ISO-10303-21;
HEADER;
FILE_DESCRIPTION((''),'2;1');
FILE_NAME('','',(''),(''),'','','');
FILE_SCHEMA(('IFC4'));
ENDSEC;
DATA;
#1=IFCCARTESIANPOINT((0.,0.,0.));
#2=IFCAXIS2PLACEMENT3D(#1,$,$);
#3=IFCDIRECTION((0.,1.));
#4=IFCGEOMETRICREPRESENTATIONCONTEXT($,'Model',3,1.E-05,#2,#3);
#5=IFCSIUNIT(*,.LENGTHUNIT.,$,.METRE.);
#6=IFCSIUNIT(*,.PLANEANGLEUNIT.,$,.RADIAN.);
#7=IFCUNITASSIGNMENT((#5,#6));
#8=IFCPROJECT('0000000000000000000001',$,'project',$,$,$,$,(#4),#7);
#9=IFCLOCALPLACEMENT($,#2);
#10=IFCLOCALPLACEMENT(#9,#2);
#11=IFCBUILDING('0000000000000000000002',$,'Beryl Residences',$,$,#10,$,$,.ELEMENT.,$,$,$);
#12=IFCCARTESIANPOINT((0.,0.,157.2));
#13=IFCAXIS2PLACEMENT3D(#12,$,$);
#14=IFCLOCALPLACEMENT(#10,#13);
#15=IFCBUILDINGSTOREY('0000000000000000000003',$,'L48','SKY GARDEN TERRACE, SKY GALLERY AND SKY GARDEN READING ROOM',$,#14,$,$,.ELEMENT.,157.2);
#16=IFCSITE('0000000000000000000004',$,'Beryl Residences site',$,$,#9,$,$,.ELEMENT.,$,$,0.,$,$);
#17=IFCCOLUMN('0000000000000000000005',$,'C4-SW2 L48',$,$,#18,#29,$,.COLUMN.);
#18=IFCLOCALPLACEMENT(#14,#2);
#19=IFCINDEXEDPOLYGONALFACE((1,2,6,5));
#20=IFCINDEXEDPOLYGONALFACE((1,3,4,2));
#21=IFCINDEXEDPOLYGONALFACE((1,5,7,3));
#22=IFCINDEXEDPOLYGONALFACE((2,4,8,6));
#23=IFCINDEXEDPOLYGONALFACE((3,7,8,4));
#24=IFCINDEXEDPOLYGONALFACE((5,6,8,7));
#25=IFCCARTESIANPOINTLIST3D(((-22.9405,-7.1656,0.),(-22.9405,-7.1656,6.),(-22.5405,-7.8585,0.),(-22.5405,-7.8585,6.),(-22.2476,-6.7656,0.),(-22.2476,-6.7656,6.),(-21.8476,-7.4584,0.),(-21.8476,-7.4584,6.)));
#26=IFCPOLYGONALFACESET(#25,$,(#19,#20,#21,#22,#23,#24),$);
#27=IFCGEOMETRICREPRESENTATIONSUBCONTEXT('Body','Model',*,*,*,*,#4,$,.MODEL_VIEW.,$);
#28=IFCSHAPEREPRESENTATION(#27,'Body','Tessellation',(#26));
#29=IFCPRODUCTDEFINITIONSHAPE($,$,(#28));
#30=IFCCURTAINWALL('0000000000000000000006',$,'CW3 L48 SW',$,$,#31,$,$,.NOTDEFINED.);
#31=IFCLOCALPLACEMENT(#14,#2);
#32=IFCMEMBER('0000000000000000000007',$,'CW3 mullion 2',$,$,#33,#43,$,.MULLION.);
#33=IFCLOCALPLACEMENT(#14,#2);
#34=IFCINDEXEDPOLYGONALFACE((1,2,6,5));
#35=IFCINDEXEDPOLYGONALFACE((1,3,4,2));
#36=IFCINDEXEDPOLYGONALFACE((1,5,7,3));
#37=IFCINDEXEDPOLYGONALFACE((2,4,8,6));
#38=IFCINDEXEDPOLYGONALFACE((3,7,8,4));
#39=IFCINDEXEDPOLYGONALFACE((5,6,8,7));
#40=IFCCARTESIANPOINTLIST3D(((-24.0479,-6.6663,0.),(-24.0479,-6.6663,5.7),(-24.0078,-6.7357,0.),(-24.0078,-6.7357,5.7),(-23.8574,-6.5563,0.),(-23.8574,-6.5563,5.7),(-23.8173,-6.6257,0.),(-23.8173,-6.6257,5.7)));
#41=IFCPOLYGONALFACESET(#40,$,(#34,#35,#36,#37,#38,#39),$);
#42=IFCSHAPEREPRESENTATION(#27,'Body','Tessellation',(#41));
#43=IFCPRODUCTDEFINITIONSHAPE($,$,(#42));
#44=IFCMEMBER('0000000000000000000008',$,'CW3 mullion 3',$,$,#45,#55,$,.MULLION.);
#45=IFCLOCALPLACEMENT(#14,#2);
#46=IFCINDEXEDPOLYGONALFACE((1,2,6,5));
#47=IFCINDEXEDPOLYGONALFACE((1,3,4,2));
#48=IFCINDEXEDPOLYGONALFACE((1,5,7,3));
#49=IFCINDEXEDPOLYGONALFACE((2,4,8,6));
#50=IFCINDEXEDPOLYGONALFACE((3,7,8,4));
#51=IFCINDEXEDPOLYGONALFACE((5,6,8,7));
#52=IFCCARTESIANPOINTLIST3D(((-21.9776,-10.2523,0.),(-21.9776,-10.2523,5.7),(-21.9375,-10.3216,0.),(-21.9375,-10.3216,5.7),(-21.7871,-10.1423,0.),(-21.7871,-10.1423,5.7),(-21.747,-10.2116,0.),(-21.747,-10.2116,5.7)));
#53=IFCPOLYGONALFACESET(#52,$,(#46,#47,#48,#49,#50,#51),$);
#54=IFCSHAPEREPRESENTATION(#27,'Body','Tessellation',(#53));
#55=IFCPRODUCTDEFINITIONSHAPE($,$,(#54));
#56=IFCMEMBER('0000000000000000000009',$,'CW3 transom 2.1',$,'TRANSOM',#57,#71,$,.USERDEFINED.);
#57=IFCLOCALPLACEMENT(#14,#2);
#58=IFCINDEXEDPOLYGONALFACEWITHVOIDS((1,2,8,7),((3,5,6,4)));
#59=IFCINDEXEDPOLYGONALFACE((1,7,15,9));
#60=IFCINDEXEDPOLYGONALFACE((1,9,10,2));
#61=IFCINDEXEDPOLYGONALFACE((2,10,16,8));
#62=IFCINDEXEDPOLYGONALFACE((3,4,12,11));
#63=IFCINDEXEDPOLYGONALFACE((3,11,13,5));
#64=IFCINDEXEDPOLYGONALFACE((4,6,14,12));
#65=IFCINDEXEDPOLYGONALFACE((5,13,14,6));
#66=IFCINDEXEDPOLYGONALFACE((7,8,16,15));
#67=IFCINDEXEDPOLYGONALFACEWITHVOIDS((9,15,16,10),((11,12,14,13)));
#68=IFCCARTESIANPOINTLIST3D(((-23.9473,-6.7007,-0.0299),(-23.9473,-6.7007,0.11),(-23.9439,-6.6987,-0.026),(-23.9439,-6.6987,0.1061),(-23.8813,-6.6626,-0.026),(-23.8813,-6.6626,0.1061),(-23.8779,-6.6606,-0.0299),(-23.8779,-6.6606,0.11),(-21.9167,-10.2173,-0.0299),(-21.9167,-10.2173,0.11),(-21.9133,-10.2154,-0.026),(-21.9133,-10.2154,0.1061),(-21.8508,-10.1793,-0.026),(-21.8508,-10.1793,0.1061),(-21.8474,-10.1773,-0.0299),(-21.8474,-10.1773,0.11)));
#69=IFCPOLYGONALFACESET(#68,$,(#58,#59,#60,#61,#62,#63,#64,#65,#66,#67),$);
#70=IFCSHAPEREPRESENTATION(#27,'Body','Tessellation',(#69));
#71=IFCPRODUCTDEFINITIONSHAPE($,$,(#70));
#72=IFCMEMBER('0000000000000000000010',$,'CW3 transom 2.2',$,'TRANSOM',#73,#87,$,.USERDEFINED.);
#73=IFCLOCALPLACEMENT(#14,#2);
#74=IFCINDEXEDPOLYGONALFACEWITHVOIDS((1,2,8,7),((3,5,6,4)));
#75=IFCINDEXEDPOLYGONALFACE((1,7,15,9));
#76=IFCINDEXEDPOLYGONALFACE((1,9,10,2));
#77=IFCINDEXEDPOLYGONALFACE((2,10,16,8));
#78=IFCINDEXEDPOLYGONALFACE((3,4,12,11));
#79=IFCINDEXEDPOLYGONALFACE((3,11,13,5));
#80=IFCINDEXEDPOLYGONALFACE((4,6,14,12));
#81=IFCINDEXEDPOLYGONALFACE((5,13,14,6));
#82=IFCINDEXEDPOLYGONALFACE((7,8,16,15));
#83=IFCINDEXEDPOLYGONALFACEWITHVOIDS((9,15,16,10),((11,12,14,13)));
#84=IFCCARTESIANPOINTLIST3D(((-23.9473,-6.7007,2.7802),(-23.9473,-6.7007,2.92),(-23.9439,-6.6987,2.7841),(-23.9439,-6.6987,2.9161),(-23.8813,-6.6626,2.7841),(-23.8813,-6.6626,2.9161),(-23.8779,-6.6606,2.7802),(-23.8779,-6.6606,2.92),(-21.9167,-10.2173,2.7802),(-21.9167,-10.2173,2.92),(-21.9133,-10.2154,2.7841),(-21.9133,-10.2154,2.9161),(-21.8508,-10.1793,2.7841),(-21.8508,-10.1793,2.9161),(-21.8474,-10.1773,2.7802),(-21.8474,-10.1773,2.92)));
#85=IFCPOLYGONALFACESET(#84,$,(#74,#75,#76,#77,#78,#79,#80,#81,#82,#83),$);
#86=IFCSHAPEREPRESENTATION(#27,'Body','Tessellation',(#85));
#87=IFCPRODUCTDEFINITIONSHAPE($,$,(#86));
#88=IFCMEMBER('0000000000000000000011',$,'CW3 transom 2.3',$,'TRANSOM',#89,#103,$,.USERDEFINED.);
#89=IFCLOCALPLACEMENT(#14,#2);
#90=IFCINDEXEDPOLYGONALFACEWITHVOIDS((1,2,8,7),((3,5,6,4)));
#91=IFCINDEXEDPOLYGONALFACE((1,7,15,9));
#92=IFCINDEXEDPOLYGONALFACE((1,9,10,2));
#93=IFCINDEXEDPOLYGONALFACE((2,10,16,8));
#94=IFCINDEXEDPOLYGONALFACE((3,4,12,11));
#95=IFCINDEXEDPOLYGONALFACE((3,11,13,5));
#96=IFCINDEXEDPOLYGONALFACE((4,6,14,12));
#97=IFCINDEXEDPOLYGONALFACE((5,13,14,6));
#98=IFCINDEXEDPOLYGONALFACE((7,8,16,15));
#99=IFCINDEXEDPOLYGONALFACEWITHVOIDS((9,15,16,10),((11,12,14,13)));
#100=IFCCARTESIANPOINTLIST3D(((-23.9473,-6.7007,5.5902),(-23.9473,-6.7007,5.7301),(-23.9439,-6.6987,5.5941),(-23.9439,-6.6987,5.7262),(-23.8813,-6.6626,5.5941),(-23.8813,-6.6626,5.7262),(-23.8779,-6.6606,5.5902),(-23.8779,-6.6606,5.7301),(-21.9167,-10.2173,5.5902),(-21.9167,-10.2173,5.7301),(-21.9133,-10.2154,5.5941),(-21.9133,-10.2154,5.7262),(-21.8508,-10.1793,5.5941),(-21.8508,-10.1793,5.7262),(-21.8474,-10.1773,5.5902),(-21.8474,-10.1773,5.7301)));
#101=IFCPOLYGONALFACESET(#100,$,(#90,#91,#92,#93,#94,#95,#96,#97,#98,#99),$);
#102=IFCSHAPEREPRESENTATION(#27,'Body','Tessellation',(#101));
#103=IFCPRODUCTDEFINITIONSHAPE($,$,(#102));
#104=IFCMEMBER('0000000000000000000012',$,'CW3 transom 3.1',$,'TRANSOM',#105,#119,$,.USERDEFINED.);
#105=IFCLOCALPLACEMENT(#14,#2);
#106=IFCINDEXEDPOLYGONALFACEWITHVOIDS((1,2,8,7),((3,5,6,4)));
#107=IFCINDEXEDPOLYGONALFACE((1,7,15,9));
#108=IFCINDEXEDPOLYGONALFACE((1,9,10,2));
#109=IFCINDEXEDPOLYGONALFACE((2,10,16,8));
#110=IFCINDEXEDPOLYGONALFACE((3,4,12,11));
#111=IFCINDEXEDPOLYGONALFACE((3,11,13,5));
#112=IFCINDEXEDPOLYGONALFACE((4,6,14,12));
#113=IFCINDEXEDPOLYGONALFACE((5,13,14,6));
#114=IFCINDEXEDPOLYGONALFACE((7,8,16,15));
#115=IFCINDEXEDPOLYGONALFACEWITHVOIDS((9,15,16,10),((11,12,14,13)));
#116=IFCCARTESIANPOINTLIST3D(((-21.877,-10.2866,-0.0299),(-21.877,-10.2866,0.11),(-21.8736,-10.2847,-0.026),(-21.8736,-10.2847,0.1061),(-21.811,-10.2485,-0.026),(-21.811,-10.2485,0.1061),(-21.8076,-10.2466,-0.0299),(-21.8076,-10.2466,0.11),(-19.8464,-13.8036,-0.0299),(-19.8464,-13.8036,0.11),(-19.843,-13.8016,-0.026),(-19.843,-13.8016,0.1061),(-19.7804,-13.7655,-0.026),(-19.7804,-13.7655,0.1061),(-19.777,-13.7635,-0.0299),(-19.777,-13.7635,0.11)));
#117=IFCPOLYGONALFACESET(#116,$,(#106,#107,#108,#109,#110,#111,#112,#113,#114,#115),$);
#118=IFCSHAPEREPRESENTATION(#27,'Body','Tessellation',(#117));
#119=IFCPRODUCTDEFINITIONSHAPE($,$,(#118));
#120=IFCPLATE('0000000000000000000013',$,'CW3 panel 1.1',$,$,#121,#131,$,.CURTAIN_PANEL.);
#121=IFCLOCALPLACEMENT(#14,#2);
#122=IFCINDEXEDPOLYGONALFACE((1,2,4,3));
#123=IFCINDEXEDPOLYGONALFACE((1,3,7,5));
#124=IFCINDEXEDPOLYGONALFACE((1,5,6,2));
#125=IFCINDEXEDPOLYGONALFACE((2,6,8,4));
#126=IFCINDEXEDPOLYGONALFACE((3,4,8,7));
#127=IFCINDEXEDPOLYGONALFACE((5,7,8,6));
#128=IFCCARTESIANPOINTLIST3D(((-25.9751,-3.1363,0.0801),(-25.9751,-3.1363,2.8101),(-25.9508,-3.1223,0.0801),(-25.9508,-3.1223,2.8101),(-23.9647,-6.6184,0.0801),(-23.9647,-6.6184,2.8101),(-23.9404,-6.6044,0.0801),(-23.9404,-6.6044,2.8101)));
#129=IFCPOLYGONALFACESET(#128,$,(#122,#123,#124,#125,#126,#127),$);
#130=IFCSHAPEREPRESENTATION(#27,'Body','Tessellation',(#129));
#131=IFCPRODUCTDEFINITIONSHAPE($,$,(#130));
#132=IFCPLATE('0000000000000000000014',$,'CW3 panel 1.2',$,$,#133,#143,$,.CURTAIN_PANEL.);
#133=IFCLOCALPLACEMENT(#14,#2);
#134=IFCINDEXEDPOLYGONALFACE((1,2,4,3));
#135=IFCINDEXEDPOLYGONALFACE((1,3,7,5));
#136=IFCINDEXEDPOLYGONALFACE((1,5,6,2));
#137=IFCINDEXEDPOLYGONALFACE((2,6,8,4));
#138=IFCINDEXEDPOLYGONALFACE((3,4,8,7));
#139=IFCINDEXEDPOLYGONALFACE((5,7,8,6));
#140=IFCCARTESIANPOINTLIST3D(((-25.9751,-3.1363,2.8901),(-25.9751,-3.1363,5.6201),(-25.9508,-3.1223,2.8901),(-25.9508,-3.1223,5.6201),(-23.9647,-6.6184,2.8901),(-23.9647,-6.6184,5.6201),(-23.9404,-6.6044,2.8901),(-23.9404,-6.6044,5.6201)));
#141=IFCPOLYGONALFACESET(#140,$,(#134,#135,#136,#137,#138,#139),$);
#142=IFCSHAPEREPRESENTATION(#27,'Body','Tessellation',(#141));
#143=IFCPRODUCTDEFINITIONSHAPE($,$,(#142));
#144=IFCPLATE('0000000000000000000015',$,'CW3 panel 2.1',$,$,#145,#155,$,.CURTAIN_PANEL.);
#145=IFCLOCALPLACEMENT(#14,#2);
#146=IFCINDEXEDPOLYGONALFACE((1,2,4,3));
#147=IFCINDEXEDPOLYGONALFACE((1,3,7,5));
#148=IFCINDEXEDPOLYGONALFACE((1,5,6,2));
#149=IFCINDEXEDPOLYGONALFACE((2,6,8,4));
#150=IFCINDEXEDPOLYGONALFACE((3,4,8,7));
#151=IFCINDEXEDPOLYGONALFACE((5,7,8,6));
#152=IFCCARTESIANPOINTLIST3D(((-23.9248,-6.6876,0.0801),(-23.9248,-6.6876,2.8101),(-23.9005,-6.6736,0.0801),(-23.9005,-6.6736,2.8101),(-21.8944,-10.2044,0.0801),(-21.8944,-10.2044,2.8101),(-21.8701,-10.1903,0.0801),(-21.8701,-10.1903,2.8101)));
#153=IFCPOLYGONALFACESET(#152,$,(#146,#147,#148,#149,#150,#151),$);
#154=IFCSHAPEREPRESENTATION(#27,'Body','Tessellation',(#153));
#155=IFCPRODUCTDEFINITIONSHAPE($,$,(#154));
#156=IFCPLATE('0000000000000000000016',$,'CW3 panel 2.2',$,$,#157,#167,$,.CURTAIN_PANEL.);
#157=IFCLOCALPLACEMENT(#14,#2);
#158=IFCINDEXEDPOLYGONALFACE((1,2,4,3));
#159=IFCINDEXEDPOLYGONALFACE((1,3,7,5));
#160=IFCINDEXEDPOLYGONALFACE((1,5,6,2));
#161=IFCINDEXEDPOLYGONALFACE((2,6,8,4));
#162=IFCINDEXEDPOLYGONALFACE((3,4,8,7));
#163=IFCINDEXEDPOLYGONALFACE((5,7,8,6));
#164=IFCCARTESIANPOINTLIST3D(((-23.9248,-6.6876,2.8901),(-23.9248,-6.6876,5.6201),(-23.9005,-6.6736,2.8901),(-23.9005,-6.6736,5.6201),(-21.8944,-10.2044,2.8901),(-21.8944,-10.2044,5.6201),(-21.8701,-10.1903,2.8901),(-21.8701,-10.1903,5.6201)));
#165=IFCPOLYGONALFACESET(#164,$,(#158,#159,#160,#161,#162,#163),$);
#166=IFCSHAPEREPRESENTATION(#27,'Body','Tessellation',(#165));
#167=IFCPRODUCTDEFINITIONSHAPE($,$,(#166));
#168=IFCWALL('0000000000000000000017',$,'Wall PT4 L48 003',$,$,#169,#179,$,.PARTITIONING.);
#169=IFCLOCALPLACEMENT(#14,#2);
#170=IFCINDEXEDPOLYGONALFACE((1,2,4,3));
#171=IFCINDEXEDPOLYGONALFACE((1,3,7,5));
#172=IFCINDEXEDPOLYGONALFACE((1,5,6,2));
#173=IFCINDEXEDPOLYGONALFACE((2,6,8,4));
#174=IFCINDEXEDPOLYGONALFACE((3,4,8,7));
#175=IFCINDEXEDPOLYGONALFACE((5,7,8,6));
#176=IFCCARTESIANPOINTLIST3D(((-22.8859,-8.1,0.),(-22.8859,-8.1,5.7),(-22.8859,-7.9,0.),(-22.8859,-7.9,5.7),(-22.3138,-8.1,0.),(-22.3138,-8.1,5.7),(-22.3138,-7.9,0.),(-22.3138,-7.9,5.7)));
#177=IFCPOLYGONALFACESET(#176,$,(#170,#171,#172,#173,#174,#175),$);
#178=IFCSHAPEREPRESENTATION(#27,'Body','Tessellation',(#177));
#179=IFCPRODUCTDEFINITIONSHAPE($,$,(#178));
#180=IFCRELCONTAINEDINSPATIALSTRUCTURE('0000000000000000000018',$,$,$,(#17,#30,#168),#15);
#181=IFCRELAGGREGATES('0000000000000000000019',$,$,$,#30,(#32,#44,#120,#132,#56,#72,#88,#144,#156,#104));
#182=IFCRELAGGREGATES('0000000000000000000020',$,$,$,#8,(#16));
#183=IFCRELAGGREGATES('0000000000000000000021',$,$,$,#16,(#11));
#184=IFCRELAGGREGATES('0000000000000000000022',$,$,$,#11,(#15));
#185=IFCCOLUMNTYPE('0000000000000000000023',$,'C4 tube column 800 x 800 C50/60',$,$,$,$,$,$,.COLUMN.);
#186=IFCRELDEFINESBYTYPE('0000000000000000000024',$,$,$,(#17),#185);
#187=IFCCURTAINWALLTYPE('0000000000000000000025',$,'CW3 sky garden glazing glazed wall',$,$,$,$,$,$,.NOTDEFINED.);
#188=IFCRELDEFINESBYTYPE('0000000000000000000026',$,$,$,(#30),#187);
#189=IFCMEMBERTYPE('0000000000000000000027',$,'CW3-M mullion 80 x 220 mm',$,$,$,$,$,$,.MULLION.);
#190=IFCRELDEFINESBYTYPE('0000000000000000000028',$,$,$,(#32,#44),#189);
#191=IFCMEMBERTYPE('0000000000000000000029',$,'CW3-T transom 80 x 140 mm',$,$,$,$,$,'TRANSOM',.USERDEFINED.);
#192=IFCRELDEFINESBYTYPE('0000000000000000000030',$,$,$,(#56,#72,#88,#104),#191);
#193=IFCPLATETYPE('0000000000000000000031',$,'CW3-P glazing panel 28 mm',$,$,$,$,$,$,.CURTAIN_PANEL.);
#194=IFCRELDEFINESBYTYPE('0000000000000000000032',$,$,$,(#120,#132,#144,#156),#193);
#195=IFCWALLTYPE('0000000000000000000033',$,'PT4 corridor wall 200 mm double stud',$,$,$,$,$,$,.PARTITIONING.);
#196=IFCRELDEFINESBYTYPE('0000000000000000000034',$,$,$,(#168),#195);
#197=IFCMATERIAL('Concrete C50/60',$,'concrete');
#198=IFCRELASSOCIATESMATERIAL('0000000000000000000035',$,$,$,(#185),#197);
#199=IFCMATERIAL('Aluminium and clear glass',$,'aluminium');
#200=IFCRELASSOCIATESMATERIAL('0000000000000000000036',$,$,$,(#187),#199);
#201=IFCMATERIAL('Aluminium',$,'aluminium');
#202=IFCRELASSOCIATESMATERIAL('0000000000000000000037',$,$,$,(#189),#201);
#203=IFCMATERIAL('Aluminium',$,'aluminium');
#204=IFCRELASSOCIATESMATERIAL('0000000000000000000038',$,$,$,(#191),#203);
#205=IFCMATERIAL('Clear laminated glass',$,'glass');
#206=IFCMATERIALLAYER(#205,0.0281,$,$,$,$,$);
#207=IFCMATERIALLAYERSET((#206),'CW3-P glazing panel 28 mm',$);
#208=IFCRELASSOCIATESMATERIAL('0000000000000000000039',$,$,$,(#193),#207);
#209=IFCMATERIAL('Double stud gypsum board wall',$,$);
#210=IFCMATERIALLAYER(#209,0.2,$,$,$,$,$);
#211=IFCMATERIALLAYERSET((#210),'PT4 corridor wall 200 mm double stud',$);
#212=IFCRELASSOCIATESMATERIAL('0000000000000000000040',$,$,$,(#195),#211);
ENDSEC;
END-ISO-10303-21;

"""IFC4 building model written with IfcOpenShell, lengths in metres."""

from ifc_helpers import new_model, si_unit, direction, frame, frame_2d, origin, origin_2d, place, context, subcontext, project, spatial, rectangle, hollow_rectangle, extrude, material, layer, layer_set, material_profile, profile_set, type_object, element, aggregate, save


model = new_model("IFC4")

# Units and contexts
model_context = context("Model", 3, precision=1e-05, world=origin(), true_north=direction((0.0, 1.0)))
body_context = subcontext(model_context, "Body", "Model", "MODEL_VIEW")
ifc_project = project(units=[si_unit("LENGTHUNIT", "METRE"), si_unit("PLANEANGLEUNIT", "RADIAN")], contexts=[model_context])

# Site, building, storey
site_placement = place(None, origin())
site = spatial("IfcSite", under=ifc_project, at=site_placement, Name="Beryl Residences site", CompositionType="ELEMENT", RefElevation=0.0)
building_placement = place(site_placement, origin())
building = spatial("IfcBuilding", under=site, at=building_placement, Name="Beryl Residences", CompositionType="ELEMENT")
storey_placement = place(building_placement, frame((0.0, 0.0, 157.2)))
storey = spatial("IfcBuildingStorey", under=building, at=storey_placement, Name="L48", Description="SKY GARDEN TERRACE, SKY GALLERY AND SKY GARDEN READING ROOM", CompositionType="ELEMENT", Elevation=157.2)

# Column
ifc_material_1 = material(Name="Concrete C50/60", Category="concrete")
ifc_material_profile_1 = material_profile(ifc_material_1, rectangle(XDim=0.8, YDim=0.8, at=origin_2d()))
ifc_profile_set_1 = profile_set([ifc_material_profile_1], Name="Concrete C50/60")
column_type = type_object("IfcColumnType", Name="C4 tube column 800 x 800 C50/60", PredefinedType="COLUMN", material=ifc_profile_set_1)
column_placement = place(storey_placement, frame((-22.394, -7.312, 0.0), z_axis=(0.0, 0.0, 1.0), x_axis=(0.5, -0.866025, 0.0)))
element("IfcColumn", 1, at=column_placement, inside=storey, type_object=column_type, Name="C4-SW2 L48", PredefinedType="COLUMN", context=body_context, shape_type="SweptSolid", body=[
    extrude(rectangle(XDim=0.8, YDim=0.8, at=origin_2d()), origin(), (0.0, 0.0, 1.0), 6.0),
])

# Curtain wall, members, plates
ifc_material_2 = material(Name="Aluminium and clear glass", Category="aluminium")
curtain_wall_type = type_object("IfcCurtainWallType", Name="CW3 sky garden glazing glazed wall", PredefinedType="NOTDEFINED", material=ifc_material_2)
curtain_wall_placement = place(storey_placement, origin())
curtain_wall = element("IfcCurtainWall", 2, at=curtain_wall_placement, inside=storey, type_object=curtain_wall_type, Name="CW3 L48 SW", PredefinedType="NOTDEFINED")
ifc_material_3 = material(Name="Aluminium", Category="aluminium")
ifc_material_profile_2 = material_profile(ifc_material_3, rectangle(XDim=0.0801, YDim=0.22, at=origin_2d()))
ifc_profile_set_2 = profile_set([ifc_material_profile_2], Name="Aluminium")
member_type_1 = type_object("IfcMemberType", Name="CW3-M mullion 80 x 220 mm", PredefinedType="MULLION", material=ifc_profile_set_2)
member_1_placement = place(storey_placement, frame((-23.9326, -6.646, 0.0), z_axis=(0.0, 0.0, 1.0), x_axis=(0.500004, -0.866023, 0.0)))
member_1 = element("IfcMember", 3, at=member_1_placement, type_object=member_type_1, Name="CW3 mullion 2", PredefinedType="MULLION", context=body_context, shape_type="SweptSolid", body=[
    extrude(rectangle(XDim=0.0801, YDim=0.22, at=origin_2d()), origin(), (0.0, 0.0, 1.0), 5.7),
])
member_2_placement = place(storey_placement, frame((-21.8623, -10.2319, 0.0), z_axis=(0.0, 0.0, 1.0), x_axis=(0.500004, -0.866023, 0.0)))
member_2 = element("IfcMember", 4, at=member_2_placement, type_object=member_type_1, Name="CW3 mullion 3", PredefinedType="MULLION", context=body_context, shape_type="SweptSolid", body=[
    extrude(rectangle(XDim=0.0801, YDim=0.22, at=origin_2d()), origin(), (0.0, 0.0, 1.0), 5.7),
])
ifc_material_4 = material(Name="Aluminium", Category="aluminium")
ifc_material_profile_3 = material_profile(ifc_material_4, hollow_rectangle(XDim=0.0801, YDim=0.1399, WallThickness=0.0039, at=origin_2d()))
ifc_profile_set_3 = profile_set([ifc_material_profile_3], Name="Aluminium")
member_type_2 = type_object("IfcMemberType", Name="CW3-T transom 80 x 140 mm", ElementType="TRANSOM", PredefinedType="USERDEFINED", material=ifc_profile_set_3)
member_3_placement = place(storey_placement, frame((-23.9126, -6.6807, 0.04), z_axis=(0.500038, -0.866003, 0.0), x_axis=(0.866003, 0.500038, 0.0)))
member_3 = element("IfcMember", 5, at=member_3_placement, type_object=member_type_2, Name="CW3 transom 2.1", ObjectType="TRANSOM", PredefinedType="USERDEFINED", context=body_context, shape_type="SweptSolid", body=[
    extrude(hollow_rectangle(XDim=0.0801, YDim=0.1399, WallThickness=0.0039, at=origin_2d()), origin(), (0.0, 0.0, 1.0), 4.0608),
])
member_4_placement = place(storey_placement, frame((-23.9126, -6.6807, 2.8501), z_axis=(0.500038, -0.866003, 0.0), x_axis=(0.866003, 0.500038, 0.0)))
member_4 = element("IfcMember", 6, at=member_4_placement, type_object=member_type_2, Name="CW3 transom 2.2", ObjectType="TRANSOM", PredefinedType="USERDEFINED", context=body_context, shape_type="SweptSolid", body=[
    extrude(hollow_rectangle(XDim=0.0801, YDim=0.1399, WallThickness=0.0039, at=origin_2d()), origin(), (0.0, 0.0, 1.0), 4.0608),
])
member_5_placement = place(storey_placement, frame((-23.9126, -6.6807, 5.6602), z_axis=(0.500038, -0.866003, 0.0), x_axis=(0.866003, 0.500038, 0.0)))
member_5 = element("IfcMember", 7, at=member_5_placement, type_object=member_type_2, Name="CW3 transom 2.3", ObjectType="TRANSOM", PredefinedType="USERDEFINED", context=body_context, shape_type="SweptSolid", body=[
    extrude(hollow_rectangle(XDim=0.0801, YDim=0.1399, WallThickness=0.0039, at=origin_2d()), origin(), (0.0, 0.0, 1.0), 4.0608),
])
member_6_placement = place(storey_placement, frame((-21.8423, -10.2666, 0.04), z_axis=(0.500012, -0.866018, 0.0), x_axis=(0.866018, 0.500012, 0.0)))
member_6 = element("IfcMember", 8, at=member_6_placement, type_object=member_type_2, Name="CW3 transom 3.1", ObjectType="TRANSOM", PredefinedType="USERDEFINED", context=body_context, shape_type="SweptSolid", body=[
    extrude(hollow_rectangle(XDim=0.0801, YDim=0.1399, WallThickness=0.0039, at=origin_2d()), origin(), (0.0, 0.0, 1.0), 4.061),
])
ifc_material_5 = material(Name="Clear laminated glass", Category="glass")
ifc_layer_1 = layer(ifc_material_5, 0.0281)
ifc_layer_set_1 = layer_set([ifc_layer_1], Name="CW3-P glazing panel 28 mm")
plate_type = type_object("IfcPlateType", Name="CW3-P glazing panel 28 mm", PredefinedType="CURTAIN_PANEL", material=ifc_layer_set_1)
plate_1_placement = place(storey_placement, frame((-24.9578, -4.8704, 0.0801), z_axis=(0.0, 0.0, 1.0), x_axis=(0.500004, -0.866023, 0.0)))
plate_1 = element("IfcPlate", 9, at=plate_1_placement, type_object=plate_type, Name="CW3 panel 1.1", PredefinedType="CURTAIN_PANEL", context=body_context, shape_type="SweptSolid", body=[
    extrude(rectangle(XDim=4.0208, YDim=0.0281, at=origin_2d()), origin(), (0.0, 0.0, 1.0), 2.73),
])
plate_2_placement = place(storey_placement, frame((-24.9578, -4.8704, 2.8901), z_axis=(0.0, 0.0, 1.0), x_axis=(0.500004, -0.866023, 0.0)))
plate_2 = element("IfcPlate", 10, at=plate_2_placement, type_object=plate_type, Name="CW3 panel 1.2", PredefinedType="CURTAIN_PANEL", context=body_context, shape_type="SweptSolid", body=[
    extrude(rectangle(XDim=4.0208, YDim=0.0281, at=origin_2d()), origin(), (0.0, 0.0, 1.0), 2.73),
])
plate_3_placement = place(storey_placement, frame((-22.8975, -8.439, 0.0801), z_axis=(0.0, 0.0, 1.0), x_axis=(0.500004, -0.866023, 0.0)))
plate_3 = element("IfcPlate", 11, at=plate_3_placement, type_object=plate_type, Name="CW3 panel 2.1", PredefinedType="CURTAIN_PANEL", context=body_context, shape_type="SweptSolid", body=[
    extrude(rectangle(XDim=4.0608, YDim=0.0281, at=origin_2d()), origin(), (0.0, 0.0, 1.0), 2.73),
])
plate_4_placement = place(storey_placement, frame((-22.8975, -8.439, 2.8901), z_axis=(0.0, 0.0, 1.0), x_axis=(0.500004, -0.866023, 0.0)))
plate_4 = element("IfcPlate", 12, at=plate_4_placement, type_object=plate_type, Name="CW3 panel 2.2", PredefinedType="CURTAIN_PANEL", context=body_context, shape_type="SweptSolid", body=[
    extrude(rectangle(XDim=4.0608, YDim=0.0281, at=origin_2d()), origin(), (0.0, 0.0, 1.0), 2.73),
])
aggregate(curtain_wall, [member_1, member_2, plate_1, plate_2, member_3, member_4, member_5, plate_3, plate_4, member_6])

# Wall
ifc_material_6 = material(Name="Double stud gypsum board wall")
ifc_layer_2 = layer(ifc_material_6, 0.2)
ifc_layer_set_2 = layer_set([ifc_layer_2], Name="PT4 corridor wall 200 mm double stud")
wall_type = type_object("IfcWallType", Name="PT4 corridor wall 200 mm double stud", PredefinedType="PARTITIONING", material=ifc_layer_set_2)
wall_1_placement = place(storey_placement, frame((-22.886, -8.0, 0.0), z_axis=(0.0, 0.0, 1.0), x_axis=(1.0, 0.0, 0.0)))
element("IfcWall", 13, at=wall_1_placement, inside=storey, type_object=wall_type, Name="Wall PT4 L48 003", PredefinedType="PARTITIONING", context=body_context, shape_type="SweptSolid", body=[
    extrude(rectangle(XDim=0.572, YDim=0.2, at=frame_2d((0.2861, 0.0))), origin(), (0.0, 0.0, 1.0), 5.7),
])

save(model, "model.ifc")
